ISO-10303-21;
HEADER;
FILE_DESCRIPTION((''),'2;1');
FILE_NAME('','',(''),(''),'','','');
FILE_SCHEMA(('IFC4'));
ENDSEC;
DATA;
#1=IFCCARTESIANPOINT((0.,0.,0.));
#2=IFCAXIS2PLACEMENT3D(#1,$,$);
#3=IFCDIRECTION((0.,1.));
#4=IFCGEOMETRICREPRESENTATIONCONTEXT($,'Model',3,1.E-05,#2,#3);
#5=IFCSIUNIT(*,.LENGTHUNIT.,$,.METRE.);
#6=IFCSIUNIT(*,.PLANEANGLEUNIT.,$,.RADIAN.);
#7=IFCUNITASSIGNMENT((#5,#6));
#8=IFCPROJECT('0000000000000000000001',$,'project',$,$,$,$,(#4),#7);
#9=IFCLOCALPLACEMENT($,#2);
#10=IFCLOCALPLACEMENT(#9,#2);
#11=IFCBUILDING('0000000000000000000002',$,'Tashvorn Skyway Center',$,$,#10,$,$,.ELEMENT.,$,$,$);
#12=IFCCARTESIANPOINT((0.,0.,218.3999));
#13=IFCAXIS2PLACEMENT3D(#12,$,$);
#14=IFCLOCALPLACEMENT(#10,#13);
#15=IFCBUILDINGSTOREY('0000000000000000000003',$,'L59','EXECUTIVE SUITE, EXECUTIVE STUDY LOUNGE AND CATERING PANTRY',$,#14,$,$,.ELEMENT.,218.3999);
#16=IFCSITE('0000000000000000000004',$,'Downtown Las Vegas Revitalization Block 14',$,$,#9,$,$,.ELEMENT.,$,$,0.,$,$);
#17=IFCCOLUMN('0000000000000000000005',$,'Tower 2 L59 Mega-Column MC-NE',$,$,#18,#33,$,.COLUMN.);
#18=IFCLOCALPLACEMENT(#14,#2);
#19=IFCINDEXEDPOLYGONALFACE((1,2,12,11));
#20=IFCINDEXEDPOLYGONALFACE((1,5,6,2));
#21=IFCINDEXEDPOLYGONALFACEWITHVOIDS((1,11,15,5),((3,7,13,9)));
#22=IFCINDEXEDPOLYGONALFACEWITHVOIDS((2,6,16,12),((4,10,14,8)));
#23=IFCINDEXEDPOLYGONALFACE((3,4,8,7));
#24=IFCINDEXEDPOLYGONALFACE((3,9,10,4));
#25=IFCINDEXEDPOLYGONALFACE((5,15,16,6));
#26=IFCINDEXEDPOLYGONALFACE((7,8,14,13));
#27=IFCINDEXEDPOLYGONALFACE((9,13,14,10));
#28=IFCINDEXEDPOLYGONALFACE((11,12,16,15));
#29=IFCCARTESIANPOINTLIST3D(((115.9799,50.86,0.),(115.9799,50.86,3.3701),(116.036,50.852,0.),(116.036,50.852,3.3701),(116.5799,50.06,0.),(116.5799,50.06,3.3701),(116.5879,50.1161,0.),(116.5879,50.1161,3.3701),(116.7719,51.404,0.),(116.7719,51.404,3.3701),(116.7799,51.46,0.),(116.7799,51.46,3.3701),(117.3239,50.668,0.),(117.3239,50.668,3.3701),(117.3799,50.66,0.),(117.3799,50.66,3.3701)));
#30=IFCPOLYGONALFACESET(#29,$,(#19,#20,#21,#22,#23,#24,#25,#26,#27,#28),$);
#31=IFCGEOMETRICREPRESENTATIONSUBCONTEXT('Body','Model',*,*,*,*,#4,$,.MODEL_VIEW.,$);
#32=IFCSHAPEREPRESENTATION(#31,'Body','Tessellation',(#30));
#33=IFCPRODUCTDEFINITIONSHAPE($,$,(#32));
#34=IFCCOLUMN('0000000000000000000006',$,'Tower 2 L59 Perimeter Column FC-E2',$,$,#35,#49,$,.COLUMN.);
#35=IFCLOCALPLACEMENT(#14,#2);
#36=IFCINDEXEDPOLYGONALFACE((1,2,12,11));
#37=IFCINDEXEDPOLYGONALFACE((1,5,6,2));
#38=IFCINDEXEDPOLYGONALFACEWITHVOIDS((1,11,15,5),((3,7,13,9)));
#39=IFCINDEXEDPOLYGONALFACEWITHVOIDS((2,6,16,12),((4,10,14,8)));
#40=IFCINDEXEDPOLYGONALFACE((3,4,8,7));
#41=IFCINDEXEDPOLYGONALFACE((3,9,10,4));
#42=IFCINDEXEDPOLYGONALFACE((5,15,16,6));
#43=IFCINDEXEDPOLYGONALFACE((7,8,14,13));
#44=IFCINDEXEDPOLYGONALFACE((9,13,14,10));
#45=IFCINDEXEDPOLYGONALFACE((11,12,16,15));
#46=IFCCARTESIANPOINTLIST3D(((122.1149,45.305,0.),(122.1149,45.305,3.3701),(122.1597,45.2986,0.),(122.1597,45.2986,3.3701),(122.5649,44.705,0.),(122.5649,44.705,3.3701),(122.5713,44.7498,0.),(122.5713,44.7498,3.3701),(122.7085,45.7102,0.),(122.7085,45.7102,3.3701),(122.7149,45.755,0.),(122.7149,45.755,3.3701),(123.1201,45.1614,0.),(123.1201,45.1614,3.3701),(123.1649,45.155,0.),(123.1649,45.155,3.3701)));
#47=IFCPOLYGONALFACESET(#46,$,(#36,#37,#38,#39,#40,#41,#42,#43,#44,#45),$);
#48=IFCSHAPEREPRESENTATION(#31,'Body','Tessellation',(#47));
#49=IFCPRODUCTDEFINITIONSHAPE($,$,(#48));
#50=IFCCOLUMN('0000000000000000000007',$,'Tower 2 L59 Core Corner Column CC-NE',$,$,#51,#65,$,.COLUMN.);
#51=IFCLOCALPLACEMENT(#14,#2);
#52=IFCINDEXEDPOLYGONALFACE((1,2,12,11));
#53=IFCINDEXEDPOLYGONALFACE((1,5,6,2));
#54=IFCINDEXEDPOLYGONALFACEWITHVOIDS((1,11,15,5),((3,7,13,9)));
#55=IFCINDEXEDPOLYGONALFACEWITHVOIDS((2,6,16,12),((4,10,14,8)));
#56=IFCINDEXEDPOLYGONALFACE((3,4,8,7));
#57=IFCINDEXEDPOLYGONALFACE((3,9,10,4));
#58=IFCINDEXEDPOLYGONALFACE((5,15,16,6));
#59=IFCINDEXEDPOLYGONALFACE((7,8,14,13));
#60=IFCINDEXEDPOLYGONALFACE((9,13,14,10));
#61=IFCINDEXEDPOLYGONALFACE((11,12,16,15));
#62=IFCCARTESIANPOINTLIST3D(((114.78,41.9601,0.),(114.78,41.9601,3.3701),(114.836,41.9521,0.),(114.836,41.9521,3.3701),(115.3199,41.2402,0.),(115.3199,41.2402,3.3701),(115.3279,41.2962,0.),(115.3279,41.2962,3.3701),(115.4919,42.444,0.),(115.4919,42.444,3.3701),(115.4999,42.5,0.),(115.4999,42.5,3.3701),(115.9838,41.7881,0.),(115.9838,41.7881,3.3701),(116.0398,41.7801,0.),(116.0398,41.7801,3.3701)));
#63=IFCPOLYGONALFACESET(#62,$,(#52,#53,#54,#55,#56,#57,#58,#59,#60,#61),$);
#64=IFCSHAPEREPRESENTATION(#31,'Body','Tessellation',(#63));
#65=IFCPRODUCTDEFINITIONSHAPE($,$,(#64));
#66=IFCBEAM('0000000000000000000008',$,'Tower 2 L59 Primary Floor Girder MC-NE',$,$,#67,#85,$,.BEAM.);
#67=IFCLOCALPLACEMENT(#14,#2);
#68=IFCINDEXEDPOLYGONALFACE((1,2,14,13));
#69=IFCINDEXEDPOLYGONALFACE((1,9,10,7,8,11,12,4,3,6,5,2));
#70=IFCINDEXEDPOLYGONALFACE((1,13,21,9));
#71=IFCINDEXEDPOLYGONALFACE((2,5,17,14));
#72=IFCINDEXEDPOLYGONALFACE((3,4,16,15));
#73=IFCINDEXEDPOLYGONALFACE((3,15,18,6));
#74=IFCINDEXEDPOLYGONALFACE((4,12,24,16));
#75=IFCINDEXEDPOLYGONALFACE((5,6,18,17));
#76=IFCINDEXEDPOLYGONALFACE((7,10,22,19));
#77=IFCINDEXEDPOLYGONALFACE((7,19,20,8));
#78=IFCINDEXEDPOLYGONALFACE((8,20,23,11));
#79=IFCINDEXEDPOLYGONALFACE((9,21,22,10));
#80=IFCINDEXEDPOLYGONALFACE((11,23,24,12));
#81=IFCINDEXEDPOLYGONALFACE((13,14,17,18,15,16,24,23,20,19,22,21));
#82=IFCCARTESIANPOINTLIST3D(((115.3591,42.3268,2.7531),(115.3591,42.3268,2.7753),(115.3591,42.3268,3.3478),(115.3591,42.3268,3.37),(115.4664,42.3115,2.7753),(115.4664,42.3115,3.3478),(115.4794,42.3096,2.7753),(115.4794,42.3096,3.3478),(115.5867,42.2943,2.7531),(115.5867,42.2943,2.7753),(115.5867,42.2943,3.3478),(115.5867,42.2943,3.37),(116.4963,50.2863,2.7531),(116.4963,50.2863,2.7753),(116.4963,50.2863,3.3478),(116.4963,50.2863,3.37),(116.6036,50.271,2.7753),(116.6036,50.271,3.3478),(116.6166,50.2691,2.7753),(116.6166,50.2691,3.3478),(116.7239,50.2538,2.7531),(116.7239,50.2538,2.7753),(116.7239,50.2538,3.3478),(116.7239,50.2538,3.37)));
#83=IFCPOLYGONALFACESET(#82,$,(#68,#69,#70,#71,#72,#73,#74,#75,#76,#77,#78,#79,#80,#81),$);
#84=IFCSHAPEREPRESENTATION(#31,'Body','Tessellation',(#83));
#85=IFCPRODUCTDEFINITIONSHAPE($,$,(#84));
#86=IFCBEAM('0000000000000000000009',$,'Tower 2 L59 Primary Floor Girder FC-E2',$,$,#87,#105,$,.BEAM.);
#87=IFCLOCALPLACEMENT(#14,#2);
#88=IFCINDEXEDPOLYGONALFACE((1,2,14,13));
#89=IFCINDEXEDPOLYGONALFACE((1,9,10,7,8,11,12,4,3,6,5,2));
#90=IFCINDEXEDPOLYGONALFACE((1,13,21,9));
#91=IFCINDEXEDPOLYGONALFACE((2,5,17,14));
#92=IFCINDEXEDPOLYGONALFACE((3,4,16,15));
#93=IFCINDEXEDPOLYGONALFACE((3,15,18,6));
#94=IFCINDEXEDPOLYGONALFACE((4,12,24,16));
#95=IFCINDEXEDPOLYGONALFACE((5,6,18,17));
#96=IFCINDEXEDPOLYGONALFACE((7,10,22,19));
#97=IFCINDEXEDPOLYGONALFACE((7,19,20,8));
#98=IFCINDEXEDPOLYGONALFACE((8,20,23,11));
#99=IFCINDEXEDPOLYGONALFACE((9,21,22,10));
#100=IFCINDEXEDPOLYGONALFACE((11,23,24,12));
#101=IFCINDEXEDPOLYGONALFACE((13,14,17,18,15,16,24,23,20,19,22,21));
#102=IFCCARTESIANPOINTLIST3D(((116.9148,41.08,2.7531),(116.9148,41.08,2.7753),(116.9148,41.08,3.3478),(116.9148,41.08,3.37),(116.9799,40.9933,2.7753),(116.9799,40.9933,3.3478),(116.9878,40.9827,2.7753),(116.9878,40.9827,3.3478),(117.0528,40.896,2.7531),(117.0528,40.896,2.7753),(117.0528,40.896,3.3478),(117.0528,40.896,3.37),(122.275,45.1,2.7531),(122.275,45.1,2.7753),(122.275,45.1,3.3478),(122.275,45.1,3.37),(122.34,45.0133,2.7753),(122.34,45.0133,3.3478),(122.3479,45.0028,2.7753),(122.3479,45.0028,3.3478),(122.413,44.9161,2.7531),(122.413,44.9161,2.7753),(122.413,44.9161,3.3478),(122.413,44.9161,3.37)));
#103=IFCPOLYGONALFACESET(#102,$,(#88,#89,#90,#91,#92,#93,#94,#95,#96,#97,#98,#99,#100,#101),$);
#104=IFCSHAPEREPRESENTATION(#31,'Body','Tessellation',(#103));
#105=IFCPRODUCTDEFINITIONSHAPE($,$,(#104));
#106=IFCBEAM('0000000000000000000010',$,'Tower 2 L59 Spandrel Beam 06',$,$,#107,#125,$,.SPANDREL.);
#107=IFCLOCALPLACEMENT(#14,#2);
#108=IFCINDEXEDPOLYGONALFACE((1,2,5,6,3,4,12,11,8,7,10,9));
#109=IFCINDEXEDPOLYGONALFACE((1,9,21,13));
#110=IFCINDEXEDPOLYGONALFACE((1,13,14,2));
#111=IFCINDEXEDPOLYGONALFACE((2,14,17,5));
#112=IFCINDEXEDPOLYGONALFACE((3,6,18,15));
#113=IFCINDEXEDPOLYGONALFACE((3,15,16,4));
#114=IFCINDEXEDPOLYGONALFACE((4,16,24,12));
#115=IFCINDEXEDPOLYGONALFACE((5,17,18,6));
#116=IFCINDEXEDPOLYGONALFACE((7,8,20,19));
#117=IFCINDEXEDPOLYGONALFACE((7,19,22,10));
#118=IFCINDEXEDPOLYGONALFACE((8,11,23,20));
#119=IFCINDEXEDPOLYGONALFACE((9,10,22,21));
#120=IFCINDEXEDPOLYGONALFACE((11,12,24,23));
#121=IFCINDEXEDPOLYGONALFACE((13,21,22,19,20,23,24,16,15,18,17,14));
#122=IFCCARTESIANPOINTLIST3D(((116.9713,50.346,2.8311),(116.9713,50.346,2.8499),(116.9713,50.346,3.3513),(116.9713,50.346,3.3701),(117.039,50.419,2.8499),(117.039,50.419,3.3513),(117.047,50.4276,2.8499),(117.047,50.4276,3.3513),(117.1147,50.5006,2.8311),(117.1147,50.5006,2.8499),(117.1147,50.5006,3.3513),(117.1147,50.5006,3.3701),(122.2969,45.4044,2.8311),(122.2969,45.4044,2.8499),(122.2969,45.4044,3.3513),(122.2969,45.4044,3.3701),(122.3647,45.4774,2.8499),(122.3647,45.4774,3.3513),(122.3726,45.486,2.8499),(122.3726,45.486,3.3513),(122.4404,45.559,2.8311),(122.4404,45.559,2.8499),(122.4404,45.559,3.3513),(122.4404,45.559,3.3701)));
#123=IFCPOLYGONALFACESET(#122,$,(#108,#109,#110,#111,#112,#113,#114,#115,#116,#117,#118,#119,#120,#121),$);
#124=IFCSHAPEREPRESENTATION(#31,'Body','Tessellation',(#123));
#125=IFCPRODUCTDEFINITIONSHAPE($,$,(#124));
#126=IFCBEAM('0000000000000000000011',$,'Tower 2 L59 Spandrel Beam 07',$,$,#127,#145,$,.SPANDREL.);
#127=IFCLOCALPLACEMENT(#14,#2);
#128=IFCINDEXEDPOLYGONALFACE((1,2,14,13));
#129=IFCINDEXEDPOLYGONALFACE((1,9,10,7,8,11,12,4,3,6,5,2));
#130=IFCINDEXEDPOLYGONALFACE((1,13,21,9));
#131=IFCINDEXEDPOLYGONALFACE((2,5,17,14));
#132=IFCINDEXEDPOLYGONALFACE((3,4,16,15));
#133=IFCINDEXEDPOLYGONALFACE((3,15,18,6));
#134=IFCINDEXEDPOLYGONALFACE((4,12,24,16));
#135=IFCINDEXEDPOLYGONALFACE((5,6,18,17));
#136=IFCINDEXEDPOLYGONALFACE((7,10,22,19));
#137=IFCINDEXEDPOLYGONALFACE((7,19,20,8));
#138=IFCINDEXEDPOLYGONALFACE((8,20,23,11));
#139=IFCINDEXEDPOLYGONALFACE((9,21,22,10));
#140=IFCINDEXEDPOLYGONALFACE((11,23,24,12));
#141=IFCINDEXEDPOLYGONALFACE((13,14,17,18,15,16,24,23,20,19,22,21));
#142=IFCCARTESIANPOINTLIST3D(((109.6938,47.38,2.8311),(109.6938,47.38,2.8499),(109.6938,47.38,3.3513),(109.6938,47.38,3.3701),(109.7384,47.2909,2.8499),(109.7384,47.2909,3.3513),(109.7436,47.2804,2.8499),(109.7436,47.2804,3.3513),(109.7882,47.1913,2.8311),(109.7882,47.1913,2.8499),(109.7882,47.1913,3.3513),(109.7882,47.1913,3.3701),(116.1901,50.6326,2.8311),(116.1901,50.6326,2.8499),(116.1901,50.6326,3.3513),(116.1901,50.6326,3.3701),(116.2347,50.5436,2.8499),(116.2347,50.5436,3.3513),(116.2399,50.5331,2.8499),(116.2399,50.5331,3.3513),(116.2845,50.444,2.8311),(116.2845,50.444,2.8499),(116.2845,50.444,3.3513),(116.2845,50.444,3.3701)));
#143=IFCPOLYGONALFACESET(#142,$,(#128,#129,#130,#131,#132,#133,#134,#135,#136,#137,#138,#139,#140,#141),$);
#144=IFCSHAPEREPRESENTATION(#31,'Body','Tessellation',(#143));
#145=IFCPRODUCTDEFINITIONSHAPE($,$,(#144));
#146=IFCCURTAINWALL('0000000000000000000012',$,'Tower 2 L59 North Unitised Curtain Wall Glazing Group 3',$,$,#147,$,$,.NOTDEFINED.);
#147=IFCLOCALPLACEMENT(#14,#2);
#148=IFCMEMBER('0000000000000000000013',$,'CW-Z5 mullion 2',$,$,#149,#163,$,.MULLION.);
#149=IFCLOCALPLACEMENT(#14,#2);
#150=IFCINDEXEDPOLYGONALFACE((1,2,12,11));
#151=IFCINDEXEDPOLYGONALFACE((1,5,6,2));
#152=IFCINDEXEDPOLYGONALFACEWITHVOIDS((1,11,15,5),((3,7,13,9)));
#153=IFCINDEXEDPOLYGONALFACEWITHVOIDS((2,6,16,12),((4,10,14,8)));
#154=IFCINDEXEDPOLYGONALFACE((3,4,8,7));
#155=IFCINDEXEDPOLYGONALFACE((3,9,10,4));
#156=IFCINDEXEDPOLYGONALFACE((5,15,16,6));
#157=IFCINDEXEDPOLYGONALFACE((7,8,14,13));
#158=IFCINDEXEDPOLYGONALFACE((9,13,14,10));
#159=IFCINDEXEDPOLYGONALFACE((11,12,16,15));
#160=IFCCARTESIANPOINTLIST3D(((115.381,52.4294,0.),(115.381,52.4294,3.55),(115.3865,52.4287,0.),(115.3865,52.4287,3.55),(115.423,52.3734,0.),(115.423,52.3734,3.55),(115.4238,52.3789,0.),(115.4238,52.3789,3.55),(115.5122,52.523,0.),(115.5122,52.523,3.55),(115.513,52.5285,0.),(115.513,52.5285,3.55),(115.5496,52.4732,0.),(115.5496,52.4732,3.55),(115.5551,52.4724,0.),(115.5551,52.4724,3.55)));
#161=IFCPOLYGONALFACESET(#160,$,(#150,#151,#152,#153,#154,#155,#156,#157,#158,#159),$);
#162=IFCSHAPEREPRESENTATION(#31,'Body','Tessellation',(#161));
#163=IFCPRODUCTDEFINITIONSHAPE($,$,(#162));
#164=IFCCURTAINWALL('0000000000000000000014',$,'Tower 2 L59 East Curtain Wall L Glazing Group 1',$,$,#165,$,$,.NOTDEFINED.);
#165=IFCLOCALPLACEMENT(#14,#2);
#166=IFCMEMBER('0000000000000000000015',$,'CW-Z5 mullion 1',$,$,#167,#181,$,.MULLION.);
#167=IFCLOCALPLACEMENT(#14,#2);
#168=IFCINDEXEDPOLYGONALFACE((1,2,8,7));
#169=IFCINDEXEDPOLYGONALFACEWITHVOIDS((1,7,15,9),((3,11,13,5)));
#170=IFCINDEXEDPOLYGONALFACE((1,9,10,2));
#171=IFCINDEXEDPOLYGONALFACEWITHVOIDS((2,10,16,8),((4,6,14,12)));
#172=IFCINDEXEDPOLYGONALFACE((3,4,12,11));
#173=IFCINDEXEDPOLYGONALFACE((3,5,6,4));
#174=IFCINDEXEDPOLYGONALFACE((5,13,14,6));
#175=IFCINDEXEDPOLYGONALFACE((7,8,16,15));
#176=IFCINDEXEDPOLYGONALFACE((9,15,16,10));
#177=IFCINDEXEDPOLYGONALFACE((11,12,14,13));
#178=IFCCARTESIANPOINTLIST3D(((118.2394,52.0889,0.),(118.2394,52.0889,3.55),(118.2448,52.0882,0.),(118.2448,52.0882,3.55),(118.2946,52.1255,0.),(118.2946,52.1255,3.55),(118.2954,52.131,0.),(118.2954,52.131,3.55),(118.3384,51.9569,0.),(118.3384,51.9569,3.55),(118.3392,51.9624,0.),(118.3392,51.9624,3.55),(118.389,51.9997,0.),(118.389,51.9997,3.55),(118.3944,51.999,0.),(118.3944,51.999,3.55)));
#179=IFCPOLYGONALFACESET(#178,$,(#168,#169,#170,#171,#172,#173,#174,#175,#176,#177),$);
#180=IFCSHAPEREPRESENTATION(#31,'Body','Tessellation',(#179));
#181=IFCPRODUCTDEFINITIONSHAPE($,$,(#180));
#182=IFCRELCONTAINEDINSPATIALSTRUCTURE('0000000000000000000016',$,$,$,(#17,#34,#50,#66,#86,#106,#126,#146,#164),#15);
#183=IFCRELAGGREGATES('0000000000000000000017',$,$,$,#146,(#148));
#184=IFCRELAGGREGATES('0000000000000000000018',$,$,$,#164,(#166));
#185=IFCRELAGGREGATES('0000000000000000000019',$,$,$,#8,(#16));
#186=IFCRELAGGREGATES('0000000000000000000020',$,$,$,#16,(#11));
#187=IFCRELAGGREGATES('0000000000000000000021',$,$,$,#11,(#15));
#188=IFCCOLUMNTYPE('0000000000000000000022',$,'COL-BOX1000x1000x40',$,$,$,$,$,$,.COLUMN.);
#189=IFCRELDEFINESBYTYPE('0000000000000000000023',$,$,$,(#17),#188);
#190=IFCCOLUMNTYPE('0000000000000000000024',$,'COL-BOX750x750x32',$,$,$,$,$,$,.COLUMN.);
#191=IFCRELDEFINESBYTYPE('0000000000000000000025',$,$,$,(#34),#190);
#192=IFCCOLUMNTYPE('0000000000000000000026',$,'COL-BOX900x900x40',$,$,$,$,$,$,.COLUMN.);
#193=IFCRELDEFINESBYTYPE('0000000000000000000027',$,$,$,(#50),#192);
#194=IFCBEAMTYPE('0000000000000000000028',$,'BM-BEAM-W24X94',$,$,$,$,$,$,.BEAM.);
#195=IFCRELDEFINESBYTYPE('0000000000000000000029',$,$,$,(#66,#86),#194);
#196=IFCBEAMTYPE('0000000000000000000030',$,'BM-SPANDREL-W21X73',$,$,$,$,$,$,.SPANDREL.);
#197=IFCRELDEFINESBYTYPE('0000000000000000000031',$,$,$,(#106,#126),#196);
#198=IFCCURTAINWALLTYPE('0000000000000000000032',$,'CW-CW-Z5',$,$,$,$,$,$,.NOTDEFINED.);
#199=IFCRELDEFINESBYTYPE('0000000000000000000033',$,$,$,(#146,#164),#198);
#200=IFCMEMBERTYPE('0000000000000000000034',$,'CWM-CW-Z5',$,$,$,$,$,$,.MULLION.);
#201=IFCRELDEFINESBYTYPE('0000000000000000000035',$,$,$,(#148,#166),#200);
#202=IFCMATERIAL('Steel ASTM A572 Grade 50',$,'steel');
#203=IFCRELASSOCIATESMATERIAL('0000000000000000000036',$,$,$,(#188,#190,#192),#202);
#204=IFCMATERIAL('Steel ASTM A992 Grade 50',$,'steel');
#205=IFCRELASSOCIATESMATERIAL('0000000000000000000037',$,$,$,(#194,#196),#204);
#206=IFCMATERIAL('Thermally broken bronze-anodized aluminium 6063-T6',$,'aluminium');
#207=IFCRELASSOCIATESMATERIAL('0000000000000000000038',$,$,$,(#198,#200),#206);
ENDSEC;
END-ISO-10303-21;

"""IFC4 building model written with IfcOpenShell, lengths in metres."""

from ifc_helpers import new_model, si_unit, direction, frame, origin, origin_2d, place, context, subcontext, project, spatial, hollow_rectangle, i_section, extrude, material, material_profile, profile_set, type_object, element, aggregate, save


model = new_model("IFC4")

# Units and contexts
model_context = context("Model", 3, precision=1e-05, world=origin(), true_north=direction((0.0, 1.0)))
body_context = subcontext(model_context, "Body", "Model", "MODEL_VIEW")
ifc_project = project(units=[si_unit("LENGTHUNIT", "METRE"), si_unit("PLANEANGLEUNIT", "RADIAN")], contexts=[model_context])

# Site, building, storey
site_placement = place(None, origin())
site = spatial("IfcSite", under=ifc_project, at=site_placement, Name="Downtown Las Vegas Revitalization Block 14", CompositionType="ELEMENT", RefElevation=0.0)
building_placement = place(site_placement, origin())
building = spatial("IfcBuilding", under=site, at=building_placement, Name="Tashvorn Skyway Center", CompositionType="ELEMENT")
storey_placement = place(building_placement, frame((0.0, 0.0, 218.3999)))
storey = spatial("IfcBuildingStorey", under=building, at=storey_placement, Name="L59", Description="EXECUTIVE SUITE, EXECUTIVE STUDY LOUNGE AND CATERING PANTRY", CompositionType="ELEMENT", Elevation=218.3999)

# Columns
ifc_material_1 = material(Name="Steel ASTM A572 Grade 50", Category="steel")
ifc_material_profile_1 = material_profile(ifc_material_1, hollow_rectangle(XDim=1.0, YDim=1.0, WallThickness=0.04, at=origin_2d()), Name="BOX1000x1000x40")
ifc_profile_set_1 = profile_set([ifc_material_profile_1], Name="Steel ASTM A572 Grade 50")
column_type_1 = type_object("IfcColumnType", Name="COL-BOX1000x1000x40", PredefinedType="COLUMN", material=ifc_profile_set_1)
column_1_placement = place(storey_placement, frame((116.6799, 50.76, 0.0), z_axis=(0.0, 0.0, 1.0), x_axis=(0.8, 0.6, 0.0)))
element("IfcColumn", 1, at=column_1_placement, inside=storey, type_object=column_type_1, Name="Tower 2 L59 Mega-Column MC-NE", PredefinedType="COLUMN", context=body_context, shape_type="SweptSolid", body=[
    extrude(hollow_rectangle(XDim=1.0, YDim=1.0, WallThickness=0.04, at=origin_2d()), origin(), (0.0, 0.0, 1.0), 3.3701),
])
ifc_material_profile_2 = material_profile(ifc_material_1, hollow_rectangle(XDim=0.75, YDim=0.75, WallThickness=0.032, at=origin_2d()), Name="BOX750x750x32")
ifc_profile_set_2 = profile_set([ifc_material_profile_2], Name="Steel ASTM A572 Grade 50")
column_type_2 = type_object("IfcColumnType", Name="COL-BOX750x750x32", PredefinedType="COLUMN", material=ifc_profile_set_2)
column_2_placement = place(storey_placement, frame((122.6399, 45.23, 0.0), z_axis=(0.0, 0.0, 1.0), x_axis=(0.8, 0.6, 0.0)))
element("IfcColumn", 2, at=column_2_placement, inside=storey, type_object=column_type_2, Name="Tower 2 L59 Perimeter Column FC-E2", PredefinedType="COLUMN", context=body_context, shape_type="SweptSolid", body=[
    extrude(hollow_rectangle(XDim=0.75, YDim=0.75, WallThickness=0.032, at=origin_2d()), origin(), (0.0, 0.0, 1.0), 3.3701),
])
ifc_material_profile_3 = material_profile(ifc_material_1, hollow_rectangle(XDim=0.8999, YDim=0.8999, WallThickness=0.04, at=origin_2d()), Name="BOX900x900x40")
ifc_profile_set_3 = profile_set([ifc_material_profile_3], Name="Steel ASTM A572 Grade 50")
column_type_3 = type_object("IfcColumnType", Name="COL-BOX900x900x40", PredefinedType="COLUMN", material=ifc_profile_set_3)
column_3_placement = place(storey_placement, frame((115.4099, 41.8701, 0.0), z_axis=(0.0, 0.0, 1.0), x_axis=(0.8, 0.6, 0.0)))
element("IfcColumn", 3, at=column_3_placement, inside=storey, type_object=column_type_3, Name="Tower 2 L59 Core Corner Column CC-NE", PredefinedType="COLUMN", context=body_context, shape_type="SweptSolid", body=[
    extrude(hollow_rectangle(XDim=0.8999, YDim=0.8999, WallThickness=0.04, at=origin_2d()), origin(), (0.0, 0.0, 1.0), 3.3701),
])

# Beams
ifc_material_2 = material(Name="Steel ASTM A992 Grade 50", Category="steel")
ifc_material_profile_4 = material_profile(ifc_material_2, i_section(OverallWidth=0.23, OverallDepth=0.6169, WebThickness=0.0132, FlangeThickness=0.0222, at=origin_2d()), Name="W24X94")
ifc_profile_set_4 = profile_set([ifc_material_profile_4], Name="Steel ASTM A992 Grade 50")
beam_type_1 = type_object("IfcBeamType", Name="BM-BEAM-W24X94", PredefinedType="BEAM", material=ifc_profile_set_4)
beam_1_placement = place(storey_placement, frame((116.6101, 50.27, 3.0615), z_axis=(-0.141438, -0.989947, 0.0), x_axis=(0.989947, -0.141438, 0.0)))
element("IfcBeam", 4, at=beam_1_placement, inside=storey, type_object=beam_type_1, Name="Tower 2 L59 Primary Floor Girder MC-NE", PredefinedType="BEAM", context=body_context, shape_type="SweptSolid", body=[
    extrude(i_section(OverallWidth=0.23, OverallDepth=0.6169, WebThickness=0.0132, FlangeThickness=0.0222, at=origin_2d()), origin(), (0.0, 0.0, 1.0), 8.0403),
])
beam_2_placement = place(storey_placement, frame((122.344, 45.0081, 3.0615), z_axis=(-0.800004, -0.599994, 0.0), x_axis=(0.599994, -0.800004, 0.0)))
element("IfcBeam", 5, at=beam_2_placement, inside=storey, type_object=beam_type_1, Name="Tower 2 L59 Primary Floor Girder FC-E2", PredefinedType="BEAM", context=body_context, shape_type="SweptSolid", body=[
    extrude(i_section(OverallWidth=0.23, OverallDepth=0.6169, WebThickness=0.0132, FlangeThickness=0.0222, at=origin_2d()), origin(), (0.0, 0.0, 1.0), 6.7002),
])
ifc_material_profile_5 = material_profile(ifc_material_2, i_section(OverallWidth=0.2109, OverallDepth=0.5391, WebThickness=0.0117, FlangeThickness=0.0188, at=origin_2d()), Name="W21X73")
ifc_profile_set_5 = profile_set([ifc_material_profile_5], Name="Steel ASTM A992 Grade 50")
beam_type_2 = type_object("IfcBeamType", Name="BM-SPANDREL-W21X73", PredefinedType="SPANDREL", material=ifc_profile_set_5)
for number, where, z_axis, x_axis, name in (
    (6, (122.3687, 45.4817, 3.1006), (-0.733042, 0.680183, 0.0), (-0.680183, -0.733042, 0.0), "Tower 2 L59 Spandrel Beam 06"),
    (7, (116.2373, 50.5383, 3.1006), (-0.894178, -0.447711, 0.0), (0.447711, -0.894178, 0.0), "Tower 2 L59 Spandrel Beam 07"),
):
    element("IfcBeam", number, at=place(storey_placement, frame(where, z_axis=z_axis, x_axis=x_axis)), inside=storey, type_object=beam_type_2, Name=name, PredefinedType="SPANDREL", context=body_context, shape_type="SweptSolid", body=[
        extrude(i_section(OverallWidth=0.2109, OverallDepth=0.5391, WebThickness=0.0117, FlangeThickness=0.0188, at=origin_2d()), origin(), (0.0, 0.0, 1.0), 7.2651),
    ])

# Curtain wall, member
ifc_material_3 = material(Name="Thermally broken bronze-anodized aluminium 6063-T6", Category="aluminium")
curtain_wall_type = type_object("IfcCurtainWallType", Name="CW-CW-Z5", PredefinedType="NOTDEFINED", material=ifc_material_3)
curtain_wall_1_placement = place(storey_placement, origin())
curtain_wall_1 = element("IfcCurtainWall", 8, at=curtain_wall_1_placement, inside=storey, type_object=curtain_wall_type, Name="Tower 2 L59 North Unitised Curtain Wall Glazing Group 3", PredefinedType="NOTDEFINED")
ifc_material_profile_6 = material_profile(ifc_material_3, hollow_rectangle(XDim=0.0701, YDim=0.165, WallThickness=0.0039, at=origin_2d()), Name="ALU-MULL-70x165")
ifc_profile_set_6 = profile_set([ifc_material_profile_6], Name="Thermally broken bronze-anodized aluminium 6063-T6")
member_type_1 = type_object("IfcMemberType", Name="CWM-CW-Z5", PredefinedType="MULLION", material=ifc_profile_set_6)
member_1_placement = place(storey_placement, frame((115.468, 52.4509, 0.0), z_axis=(0.0, 0.0, 1.0), x_axis=(-0.6, 0.8, 0.0)))
member_1 = element("IfcMember", 9, at=member_1_placement, type_object=member_type_1, Name="CW-Z5 mullion 2", PredefinedType="MULLION", context=body_context, shape_type="SweptSolid", body=[
    extrude(hollow_rectangle(XDim=0.0701, YDim=0.165, WallThickness=0.0039, at=origin_2d()), origin(), (0.0, 0.0, 1.0), 3.55),
])

# Curtain wall, member
curtain_wall_2_placement = place(storey_placement, origin())
curtain_wall_2 = element("IfcCurtainWall", 10, at=curtain_wall_2_placement, inside=storey, type_object=curtain_wall_type, Name="Tower 2 L59 East Curtain Wall L Glazing Group 1", PredefinedType="NOTDEFINED")
member_2_placement = place(storey_placement, frame((118.3169, 52.0439, 0.0), z_axis=(0.0, 0.0, 1.0), x_axis=(0.799996, 0.600005, 0.0)))
member_2 = element("IfcMember", 11, at=member_2_placement, type_object=member_type_1, Name="CW-Z5 mullion 1", PredefinedType="MULLION", context=body_context, shape_type="SweptSolid", body=[
    extrude(hollow_rectangle(XDim=0.0701, YDim=0.165, WallThickness=0.0039, at=origin_2d()), origin(), (0.0, 0.0, 1.0), 3.55),
])

aggregate(curtain_wall_1, [member_1])
aggregate(curtain_wall_2, [member_2])

save(model, "model.ifc")
